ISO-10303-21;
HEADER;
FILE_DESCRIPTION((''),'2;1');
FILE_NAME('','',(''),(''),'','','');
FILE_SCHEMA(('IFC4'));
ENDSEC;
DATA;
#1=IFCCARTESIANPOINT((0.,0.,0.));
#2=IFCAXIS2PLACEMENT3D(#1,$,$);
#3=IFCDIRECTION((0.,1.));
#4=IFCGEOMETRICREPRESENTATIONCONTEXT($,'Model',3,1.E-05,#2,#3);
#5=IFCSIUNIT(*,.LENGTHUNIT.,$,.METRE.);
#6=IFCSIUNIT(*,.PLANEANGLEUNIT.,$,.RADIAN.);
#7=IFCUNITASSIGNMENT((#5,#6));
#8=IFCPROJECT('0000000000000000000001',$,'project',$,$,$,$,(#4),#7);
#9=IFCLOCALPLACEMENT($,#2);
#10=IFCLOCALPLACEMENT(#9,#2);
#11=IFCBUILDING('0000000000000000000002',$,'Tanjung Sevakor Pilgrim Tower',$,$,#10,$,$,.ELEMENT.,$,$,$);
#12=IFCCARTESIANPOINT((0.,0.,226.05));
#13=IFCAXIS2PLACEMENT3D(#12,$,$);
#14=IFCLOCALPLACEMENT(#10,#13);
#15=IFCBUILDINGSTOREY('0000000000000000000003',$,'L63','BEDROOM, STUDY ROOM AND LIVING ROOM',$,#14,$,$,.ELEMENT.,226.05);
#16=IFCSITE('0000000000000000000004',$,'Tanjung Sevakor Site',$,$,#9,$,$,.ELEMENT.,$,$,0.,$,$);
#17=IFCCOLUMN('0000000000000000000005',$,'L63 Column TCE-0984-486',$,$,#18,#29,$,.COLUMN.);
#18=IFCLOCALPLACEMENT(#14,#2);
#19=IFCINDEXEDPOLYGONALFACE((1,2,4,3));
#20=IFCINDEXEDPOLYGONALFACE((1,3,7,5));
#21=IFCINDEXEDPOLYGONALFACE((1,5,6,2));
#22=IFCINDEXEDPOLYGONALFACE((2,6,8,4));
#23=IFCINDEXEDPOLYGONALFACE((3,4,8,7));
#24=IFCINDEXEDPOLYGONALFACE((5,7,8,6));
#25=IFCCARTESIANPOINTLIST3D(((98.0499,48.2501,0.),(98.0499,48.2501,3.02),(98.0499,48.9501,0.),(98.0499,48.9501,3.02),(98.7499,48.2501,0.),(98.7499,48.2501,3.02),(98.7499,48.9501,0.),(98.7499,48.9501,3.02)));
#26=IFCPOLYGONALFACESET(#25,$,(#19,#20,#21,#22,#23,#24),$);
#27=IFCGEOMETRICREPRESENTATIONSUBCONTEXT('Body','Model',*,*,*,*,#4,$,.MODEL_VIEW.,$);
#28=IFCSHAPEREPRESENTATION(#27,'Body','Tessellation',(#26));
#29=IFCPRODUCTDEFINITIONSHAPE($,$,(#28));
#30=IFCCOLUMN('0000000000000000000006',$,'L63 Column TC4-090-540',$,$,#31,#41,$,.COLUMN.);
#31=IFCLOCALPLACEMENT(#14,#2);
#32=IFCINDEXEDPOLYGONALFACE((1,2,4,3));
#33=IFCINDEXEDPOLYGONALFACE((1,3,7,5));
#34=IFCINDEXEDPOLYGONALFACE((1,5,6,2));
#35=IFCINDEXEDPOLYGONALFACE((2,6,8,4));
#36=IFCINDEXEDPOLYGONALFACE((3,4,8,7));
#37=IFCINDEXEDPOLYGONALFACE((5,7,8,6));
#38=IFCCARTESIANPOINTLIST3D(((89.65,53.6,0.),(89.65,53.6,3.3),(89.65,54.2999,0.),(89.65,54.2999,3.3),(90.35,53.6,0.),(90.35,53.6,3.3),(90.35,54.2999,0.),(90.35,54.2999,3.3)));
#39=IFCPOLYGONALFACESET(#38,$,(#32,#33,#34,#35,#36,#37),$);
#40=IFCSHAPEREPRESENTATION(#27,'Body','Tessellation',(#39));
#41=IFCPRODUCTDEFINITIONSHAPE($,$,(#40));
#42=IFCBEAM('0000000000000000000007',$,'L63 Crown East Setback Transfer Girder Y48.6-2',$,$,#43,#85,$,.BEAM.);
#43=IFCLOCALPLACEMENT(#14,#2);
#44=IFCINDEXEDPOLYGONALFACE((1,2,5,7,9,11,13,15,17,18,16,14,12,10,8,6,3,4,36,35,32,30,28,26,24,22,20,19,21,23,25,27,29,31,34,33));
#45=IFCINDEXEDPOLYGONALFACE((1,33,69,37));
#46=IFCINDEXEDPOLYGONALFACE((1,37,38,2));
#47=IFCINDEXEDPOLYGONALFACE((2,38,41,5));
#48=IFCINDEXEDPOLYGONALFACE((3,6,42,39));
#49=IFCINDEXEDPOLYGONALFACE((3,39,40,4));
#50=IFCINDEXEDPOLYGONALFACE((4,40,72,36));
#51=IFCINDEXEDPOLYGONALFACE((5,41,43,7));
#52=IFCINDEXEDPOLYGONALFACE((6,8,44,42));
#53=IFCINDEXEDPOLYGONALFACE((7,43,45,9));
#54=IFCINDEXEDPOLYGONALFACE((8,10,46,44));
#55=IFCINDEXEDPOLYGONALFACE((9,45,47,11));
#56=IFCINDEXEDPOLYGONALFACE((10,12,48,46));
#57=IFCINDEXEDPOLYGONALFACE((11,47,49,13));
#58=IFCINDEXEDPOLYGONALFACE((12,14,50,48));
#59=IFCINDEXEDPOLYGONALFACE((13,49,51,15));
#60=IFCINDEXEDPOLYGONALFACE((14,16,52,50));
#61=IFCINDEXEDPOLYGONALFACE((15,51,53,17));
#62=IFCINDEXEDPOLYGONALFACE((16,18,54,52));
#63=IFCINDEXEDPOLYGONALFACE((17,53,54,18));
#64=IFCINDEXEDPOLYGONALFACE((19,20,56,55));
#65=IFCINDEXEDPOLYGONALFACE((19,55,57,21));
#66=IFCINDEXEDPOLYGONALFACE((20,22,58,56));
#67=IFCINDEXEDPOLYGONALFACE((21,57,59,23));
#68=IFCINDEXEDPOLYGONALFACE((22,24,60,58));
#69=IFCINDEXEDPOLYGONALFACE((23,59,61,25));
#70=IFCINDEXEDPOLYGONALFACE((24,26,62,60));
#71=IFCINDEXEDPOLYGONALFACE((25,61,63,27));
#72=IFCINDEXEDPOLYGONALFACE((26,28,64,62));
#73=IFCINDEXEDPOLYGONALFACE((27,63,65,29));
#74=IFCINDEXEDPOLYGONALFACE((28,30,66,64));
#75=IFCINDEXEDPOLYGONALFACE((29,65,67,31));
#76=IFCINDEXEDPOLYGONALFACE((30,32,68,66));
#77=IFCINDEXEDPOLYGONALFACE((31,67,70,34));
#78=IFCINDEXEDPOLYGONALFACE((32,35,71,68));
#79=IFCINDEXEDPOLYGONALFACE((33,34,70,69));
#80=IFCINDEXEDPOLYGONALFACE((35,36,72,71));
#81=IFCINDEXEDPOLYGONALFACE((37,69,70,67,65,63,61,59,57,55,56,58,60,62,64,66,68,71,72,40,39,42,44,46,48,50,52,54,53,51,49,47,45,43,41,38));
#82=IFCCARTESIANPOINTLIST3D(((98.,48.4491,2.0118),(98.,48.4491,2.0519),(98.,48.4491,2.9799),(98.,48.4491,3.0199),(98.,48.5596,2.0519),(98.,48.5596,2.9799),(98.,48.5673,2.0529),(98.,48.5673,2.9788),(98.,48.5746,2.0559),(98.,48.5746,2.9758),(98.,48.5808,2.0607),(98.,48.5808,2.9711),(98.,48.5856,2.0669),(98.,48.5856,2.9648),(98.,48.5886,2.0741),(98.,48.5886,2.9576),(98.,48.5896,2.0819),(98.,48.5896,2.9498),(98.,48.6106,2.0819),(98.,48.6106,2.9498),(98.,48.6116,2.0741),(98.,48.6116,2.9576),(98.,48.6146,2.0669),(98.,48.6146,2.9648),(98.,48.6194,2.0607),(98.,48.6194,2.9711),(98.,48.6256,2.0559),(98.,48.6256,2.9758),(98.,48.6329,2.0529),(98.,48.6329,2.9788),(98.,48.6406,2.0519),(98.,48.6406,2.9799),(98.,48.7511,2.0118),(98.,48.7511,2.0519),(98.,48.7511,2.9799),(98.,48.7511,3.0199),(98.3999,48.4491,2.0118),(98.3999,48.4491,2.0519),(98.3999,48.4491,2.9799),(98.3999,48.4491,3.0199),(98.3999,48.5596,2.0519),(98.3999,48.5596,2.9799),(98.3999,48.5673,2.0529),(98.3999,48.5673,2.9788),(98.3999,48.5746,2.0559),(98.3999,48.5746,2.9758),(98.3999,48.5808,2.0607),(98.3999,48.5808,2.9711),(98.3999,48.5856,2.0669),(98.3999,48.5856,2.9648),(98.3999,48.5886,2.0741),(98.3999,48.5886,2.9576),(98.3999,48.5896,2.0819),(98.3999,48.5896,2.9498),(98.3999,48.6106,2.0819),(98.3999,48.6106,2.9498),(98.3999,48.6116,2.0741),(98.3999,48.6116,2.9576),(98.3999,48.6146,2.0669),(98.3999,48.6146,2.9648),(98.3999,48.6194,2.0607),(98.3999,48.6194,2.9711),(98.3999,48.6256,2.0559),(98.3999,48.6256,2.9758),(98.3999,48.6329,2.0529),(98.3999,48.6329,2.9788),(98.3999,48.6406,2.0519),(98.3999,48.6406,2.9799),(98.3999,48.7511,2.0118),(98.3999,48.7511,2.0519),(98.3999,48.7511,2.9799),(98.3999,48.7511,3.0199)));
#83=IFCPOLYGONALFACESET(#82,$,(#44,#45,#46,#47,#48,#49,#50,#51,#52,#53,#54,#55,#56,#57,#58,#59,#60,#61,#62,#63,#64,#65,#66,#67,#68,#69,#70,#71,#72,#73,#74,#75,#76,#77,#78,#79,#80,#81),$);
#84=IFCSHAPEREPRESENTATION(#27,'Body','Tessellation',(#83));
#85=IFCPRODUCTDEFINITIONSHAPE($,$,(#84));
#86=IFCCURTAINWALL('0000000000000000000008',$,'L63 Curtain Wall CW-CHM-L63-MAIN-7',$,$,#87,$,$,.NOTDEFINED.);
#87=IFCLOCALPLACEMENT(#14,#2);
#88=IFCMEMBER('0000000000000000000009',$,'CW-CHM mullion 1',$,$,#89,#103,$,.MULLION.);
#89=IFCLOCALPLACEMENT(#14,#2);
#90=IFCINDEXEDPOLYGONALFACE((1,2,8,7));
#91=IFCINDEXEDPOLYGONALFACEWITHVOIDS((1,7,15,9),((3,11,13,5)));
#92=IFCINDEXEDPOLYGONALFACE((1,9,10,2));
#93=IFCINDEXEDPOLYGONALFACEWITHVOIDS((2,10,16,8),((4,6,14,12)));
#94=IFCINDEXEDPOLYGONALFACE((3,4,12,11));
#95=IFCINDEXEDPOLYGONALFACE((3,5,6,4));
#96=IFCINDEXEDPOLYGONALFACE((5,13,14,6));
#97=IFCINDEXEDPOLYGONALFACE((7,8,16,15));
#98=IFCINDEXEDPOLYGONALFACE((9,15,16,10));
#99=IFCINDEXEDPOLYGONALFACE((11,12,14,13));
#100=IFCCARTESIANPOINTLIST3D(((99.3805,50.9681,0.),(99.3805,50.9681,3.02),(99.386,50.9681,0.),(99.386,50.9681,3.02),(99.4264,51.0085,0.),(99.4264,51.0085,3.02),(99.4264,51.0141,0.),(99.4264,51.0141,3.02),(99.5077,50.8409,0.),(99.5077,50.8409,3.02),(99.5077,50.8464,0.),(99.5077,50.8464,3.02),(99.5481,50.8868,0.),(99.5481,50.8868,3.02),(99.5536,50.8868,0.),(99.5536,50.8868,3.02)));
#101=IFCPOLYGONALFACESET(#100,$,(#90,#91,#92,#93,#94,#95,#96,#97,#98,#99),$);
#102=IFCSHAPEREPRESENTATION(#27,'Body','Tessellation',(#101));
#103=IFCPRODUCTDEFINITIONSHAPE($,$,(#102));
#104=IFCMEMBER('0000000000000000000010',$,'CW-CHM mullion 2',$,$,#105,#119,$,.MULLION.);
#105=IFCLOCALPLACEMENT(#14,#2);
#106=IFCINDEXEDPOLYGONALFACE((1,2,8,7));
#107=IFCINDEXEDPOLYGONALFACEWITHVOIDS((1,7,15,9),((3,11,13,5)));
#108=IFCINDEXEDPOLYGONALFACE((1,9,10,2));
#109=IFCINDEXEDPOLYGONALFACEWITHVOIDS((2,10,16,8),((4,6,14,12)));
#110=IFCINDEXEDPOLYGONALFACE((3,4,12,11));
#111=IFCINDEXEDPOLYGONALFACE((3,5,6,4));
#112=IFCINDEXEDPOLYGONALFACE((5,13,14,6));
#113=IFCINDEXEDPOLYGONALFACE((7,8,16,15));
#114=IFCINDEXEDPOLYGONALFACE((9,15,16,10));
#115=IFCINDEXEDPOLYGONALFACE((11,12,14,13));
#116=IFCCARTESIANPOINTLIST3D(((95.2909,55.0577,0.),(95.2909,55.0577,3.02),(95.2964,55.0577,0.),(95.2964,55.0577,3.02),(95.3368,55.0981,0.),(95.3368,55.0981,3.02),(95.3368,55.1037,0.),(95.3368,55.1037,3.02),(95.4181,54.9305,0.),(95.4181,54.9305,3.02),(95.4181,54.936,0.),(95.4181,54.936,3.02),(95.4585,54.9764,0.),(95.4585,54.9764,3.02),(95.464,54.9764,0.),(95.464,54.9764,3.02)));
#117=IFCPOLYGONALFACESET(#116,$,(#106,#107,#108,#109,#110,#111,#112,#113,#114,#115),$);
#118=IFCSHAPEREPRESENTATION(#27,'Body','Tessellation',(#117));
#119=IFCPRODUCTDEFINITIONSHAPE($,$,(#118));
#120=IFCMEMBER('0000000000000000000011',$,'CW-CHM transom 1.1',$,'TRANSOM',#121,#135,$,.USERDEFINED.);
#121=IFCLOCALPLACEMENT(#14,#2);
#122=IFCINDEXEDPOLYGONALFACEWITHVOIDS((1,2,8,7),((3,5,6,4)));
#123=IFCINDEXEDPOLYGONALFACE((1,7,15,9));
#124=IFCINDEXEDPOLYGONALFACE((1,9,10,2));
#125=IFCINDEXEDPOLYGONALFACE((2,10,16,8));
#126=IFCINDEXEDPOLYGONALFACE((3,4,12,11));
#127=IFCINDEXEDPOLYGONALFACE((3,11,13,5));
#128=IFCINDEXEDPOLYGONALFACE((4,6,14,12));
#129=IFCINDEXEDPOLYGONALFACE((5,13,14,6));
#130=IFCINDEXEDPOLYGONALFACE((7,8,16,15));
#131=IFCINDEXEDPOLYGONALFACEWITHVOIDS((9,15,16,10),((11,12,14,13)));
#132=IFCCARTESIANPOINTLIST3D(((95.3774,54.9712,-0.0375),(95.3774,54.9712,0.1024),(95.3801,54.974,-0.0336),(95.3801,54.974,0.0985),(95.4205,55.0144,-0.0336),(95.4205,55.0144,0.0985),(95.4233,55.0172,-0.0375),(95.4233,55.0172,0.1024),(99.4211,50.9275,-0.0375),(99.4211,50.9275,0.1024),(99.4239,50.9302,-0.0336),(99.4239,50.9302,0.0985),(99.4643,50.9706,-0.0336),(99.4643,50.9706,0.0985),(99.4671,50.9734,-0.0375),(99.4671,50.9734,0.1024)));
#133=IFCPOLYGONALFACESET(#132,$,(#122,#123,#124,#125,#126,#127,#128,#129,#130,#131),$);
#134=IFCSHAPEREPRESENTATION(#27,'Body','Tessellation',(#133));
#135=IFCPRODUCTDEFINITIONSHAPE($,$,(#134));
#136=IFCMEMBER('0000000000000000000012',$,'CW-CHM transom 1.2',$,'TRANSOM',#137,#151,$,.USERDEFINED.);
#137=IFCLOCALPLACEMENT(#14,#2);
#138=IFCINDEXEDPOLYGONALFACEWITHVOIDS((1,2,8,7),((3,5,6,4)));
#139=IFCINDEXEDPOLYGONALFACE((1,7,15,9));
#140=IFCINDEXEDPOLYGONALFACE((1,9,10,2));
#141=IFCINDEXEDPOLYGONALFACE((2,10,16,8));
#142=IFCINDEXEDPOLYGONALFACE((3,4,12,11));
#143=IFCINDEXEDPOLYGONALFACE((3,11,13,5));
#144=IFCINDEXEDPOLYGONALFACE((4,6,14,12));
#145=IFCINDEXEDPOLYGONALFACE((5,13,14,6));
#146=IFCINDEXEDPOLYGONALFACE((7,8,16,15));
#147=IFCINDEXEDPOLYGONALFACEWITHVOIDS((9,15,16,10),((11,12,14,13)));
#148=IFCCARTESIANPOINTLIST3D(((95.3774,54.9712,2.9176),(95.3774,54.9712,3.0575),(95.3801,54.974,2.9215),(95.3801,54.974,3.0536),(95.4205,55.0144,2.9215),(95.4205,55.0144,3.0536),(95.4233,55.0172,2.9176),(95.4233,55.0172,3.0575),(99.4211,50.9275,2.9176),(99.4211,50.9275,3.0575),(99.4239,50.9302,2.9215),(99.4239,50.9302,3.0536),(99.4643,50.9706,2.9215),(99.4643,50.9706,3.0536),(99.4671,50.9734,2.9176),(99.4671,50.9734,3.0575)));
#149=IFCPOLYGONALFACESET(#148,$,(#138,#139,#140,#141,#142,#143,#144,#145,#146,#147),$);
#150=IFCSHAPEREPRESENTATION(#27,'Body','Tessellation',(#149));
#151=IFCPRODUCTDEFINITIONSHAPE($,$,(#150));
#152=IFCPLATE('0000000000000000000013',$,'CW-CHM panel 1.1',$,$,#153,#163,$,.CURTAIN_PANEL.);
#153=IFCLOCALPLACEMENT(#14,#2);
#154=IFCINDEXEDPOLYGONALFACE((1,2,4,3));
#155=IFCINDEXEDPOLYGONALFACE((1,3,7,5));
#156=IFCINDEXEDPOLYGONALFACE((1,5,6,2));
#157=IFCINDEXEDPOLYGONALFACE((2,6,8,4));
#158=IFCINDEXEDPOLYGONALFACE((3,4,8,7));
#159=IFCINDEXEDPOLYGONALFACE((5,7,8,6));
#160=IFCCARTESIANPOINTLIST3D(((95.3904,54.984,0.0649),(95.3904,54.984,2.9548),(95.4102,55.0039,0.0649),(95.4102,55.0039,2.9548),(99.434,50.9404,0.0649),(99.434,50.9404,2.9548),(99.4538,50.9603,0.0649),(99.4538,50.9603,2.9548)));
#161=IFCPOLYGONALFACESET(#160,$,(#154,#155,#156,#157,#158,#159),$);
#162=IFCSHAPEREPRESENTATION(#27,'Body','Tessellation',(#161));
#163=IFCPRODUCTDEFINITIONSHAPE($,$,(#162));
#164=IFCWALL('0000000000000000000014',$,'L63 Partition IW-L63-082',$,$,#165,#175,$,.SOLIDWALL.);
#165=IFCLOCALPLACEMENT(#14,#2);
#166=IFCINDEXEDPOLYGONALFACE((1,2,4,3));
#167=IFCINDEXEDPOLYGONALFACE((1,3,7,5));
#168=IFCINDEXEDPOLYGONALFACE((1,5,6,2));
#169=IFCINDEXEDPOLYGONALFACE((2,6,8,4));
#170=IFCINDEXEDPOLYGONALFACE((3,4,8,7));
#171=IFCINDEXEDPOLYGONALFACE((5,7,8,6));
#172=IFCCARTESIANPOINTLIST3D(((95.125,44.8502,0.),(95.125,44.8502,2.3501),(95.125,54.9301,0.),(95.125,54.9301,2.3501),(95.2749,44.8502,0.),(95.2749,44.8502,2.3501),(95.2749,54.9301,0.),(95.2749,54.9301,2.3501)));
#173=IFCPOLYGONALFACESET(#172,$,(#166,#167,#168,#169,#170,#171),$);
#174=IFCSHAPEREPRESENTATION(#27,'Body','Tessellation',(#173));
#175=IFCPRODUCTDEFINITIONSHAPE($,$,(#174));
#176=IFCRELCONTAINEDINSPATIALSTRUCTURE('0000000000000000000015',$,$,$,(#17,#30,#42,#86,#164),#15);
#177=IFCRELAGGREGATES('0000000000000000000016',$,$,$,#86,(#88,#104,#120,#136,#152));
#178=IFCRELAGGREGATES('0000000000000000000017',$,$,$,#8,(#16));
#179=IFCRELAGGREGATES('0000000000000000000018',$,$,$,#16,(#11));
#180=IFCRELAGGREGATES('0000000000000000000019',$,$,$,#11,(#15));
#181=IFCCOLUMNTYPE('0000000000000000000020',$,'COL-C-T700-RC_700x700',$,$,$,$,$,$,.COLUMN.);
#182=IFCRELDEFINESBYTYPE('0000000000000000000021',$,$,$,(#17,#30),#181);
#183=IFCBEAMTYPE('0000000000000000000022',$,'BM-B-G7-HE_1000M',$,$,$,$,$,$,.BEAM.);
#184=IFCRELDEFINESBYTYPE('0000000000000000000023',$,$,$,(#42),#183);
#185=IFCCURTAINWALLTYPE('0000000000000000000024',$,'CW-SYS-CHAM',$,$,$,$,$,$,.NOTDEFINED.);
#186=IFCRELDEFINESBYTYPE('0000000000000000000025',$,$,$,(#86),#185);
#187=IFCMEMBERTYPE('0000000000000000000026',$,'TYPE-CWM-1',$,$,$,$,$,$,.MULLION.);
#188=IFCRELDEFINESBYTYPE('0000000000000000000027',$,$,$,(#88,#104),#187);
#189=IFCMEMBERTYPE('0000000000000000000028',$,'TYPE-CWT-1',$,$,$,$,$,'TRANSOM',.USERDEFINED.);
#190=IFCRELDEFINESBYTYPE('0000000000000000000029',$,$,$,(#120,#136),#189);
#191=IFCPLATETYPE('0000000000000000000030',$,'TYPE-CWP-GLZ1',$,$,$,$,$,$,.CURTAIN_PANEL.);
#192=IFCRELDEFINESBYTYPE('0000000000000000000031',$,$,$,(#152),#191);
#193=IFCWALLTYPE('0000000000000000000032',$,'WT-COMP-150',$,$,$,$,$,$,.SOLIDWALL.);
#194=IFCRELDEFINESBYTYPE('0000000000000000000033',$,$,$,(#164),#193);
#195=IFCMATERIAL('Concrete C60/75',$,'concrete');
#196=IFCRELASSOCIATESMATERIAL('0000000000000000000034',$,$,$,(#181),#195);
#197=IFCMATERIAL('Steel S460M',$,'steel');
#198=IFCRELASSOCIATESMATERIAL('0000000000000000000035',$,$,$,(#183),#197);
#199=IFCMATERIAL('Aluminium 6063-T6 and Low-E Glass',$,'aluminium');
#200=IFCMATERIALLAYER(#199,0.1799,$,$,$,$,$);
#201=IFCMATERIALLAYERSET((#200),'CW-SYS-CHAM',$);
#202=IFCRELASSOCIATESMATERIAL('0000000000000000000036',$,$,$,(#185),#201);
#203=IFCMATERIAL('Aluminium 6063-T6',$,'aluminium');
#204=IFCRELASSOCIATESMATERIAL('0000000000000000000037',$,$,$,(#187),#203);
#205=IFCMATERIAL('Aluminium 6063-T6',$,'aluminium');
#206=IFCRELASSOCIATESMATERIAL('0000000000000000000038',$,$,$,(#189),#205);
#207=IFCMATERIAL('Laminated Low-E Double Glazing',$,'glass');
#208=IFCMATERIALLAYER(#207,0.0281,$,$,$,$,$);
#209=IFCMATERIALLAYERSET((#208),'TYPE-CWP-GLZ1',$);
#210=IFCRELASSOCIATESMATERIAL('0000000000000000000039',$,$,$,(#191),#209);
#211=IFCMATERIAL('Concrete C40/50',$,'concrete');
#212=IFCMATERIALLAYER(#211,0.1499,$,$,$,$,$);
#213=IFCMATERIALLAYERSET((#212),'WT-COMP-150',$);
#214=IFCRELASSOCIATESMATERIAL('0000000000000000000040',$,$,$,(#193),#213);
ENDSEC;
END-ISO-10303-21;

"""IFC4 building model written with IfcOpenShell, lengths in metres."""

from ifc_helpers import new_model, si_unit, direction, frame, frame_2d, origin, origin_2d, place, context, subcontext, project, spatial, rectangle, hollow_rectangle, i_section, extrude, material, layer, layer_set, material_profile, profile_set, type_object, element, aggregate, save


model = new_model("IFC4")

# Units and contexts
model_context = context("Model", 3, precision=1e-05, world=origin(), true_north=direction((0.0, 1.0)))
body_context = subcontext(model_context, "Body", "Model", "MODEL_VIEW")
ifc_project = project(units=[si_unit("LENGTHUNIT", "METRE"), si_unit("PLANEANGLEUNIT", "RADIAN")], contexts=[model_context])

# Site, building, storey
site_placement = place(None, origin())
site = spatial("IfcSite", under=ifc_project, at=site_placement, Name="Tanjung Sevakor Site", CompositionType="ELEMENT", RefElevation=0.0)
building_placement = place(site_placement, origin())
building = spatial("IfcBuilding", under=site, at=building_placement, Name="Tanjung Sevakor Pilgrim Tower", CompositionType="ELEMENT")
storey_placement = place(building_placement, frame((0.0, 0.0, 226.05)))
storey = spatial("IfcBuildingStorey", under=building, at=storey_placement, Name="L63", Description="BEDROOM, STUDY ROOM AND LIVING ROOM", CompositionType="ELEMENT", Elevation=226.05)

# Columns
ifc_material_1 = material(Name="Concrete C60/75", Category="concrete")
ifc_material_profile_1 = material_profile(ifc_material_1, rectangle(XDim=0.7, YDim=0.7, at=origin_2d()))
ifc_profile_set_1 = profile_set([ifc_material_profile_1], Name="Concrete C60/75")
column_type = type_object("IfcColumnType", Name="COL-C-T700-RC_700x700", PredefinedType="COLUMN", material=ifc_profile_set_1)
column_1_placement = place(storey_placement, frame((98.3999, 48.6001, 0.0), z_axis=(0.0, 0.0, 1.0), x_axis=(1.0, 0.0, 0.0)))
element("IfcColumn", 1, at=column_1_placement, inside=storey, type_object=column_type, Name="L63 Column TCE-0984-486", PredefinedType="COLUMN", context=body_context, shape_type="SweptSolid", body=[
    extrude(rectangle(XDim=0.7, YDim=0.7, at=origin_2d()), origin(), (0.0, 0.0, 1.0), 3.02),
])
column_2_placement = place(storey_placement, frame((90.0, 53.95, 0.0), z_axis=(0.0, 0.0, 1.0), x_axis=(1.0, 0.0, 0.0)))
element("IfcColumn", 2, at=column_2_placement, inside=storey, type_object=column_type, Name="L63 Column TC4-090-540", PredefinedType="COLUMN", context=body_context, shape_type="SweptSolid", body=[
    extrude(rectangle(XDim=0.7, YDim=0.7, at=origin_2d()), origin(), (0.0, 0.0, 1.0), 3.3),
])

# Beam
ifc_material_2 = material(Name="Steel S460M", Category="steel")
ifc_material_profile_2 = material_profile(ifc_material_2, i_section(OverallWidth=0.302, OverallDepth=1.0081, WebThickness=0.021, FlangeThickness=0.04, FilletRadius=0.03, at=origin_2d()))
ifc_profile_set_2 = profile_set([ifc_material_profile_2], Name="Steel S460M")
beam_type = type_object("IfcBeamType", Name="BM-B-G7-HE_1000M", PredefinedType="BEAM", material=ifc_profile_set_2)
beam_placement = place(storey_placement, frame((98.0, 48.6001, 2.5159), z_axis=(1.0, 0.0, 0.0), x_axis=(0.0, 1.0, 0.0)))
element("IfcBeam", 3, at=beam_placement, inside=storey, type_object=beam_type, Name="L63 Crown East Setback Transfer Girder Y48.6-2", PredefinedType="BEAM", context=body_context, shape_type="SweptSolid", body=[
    extrude(i_section(OverallWidth=0.302, OverallDepth=1.0081, WebThickness=0.021, FlangeThickness=0.04, FilletRadius=0.03, at=origin_2d()), origin(), (0.0, 0.0, 1.0), 0.3999),
])

# Curtain wall, members, plate
ifc_material_3 = material(Name="Aluminium 6063-T6 and Low-E Glass", Category="aluminium")
ifc_layer_1 = layer(ifc_material_3, 0.1799)
ifc_layer_set_1 = layer_set([ifc_layer_1], Name="CW-SYS-CHAM")
curtain_wall_type = type_object("IfcCurtainWallType", Name="CW-SYS-CHAM", PredefinedType="NOTDEFINED", material=ifc_layer_set_1)
curtain_wall_placement = place(storey_placement, origin())
curtain_wall = element("IfcCurtainWall", 4, at=curtain_wall_placement, inside=storey, type_object=curtain_wall_type, Name="L63 Curtain Wall CW-CHM-L63-MAIN-7", PredefinedType="NOTDEFINED")
ifc_material_4 = material(Name="Aluminium 6063-T6", Category="aluminium")
ifc_material_profile_3 = material_profile(ifc_material_4, hollow_rectangle(XDim=0.0649, YDim=0.1799, WallThickness=0.0039, at=origin_2d()))
ifc_profile_set_3 = profile_set([ifc_material_profile_3], Name="Aluminium 6063-T6")
member_type_1 = type_object("IfcMemberType", Name="TYPE-CWM-1", PredefinedType="MULLION", material=ifc_profile_set_3)
member_1_placement = place(storey_placement, frame((99.467, 50.9275, 0.0), z_axis=(0.0, 0.0, 1.0), x_axis=(-0.707107, -0.707107, 0.0)))
member_1 = element("IfcMember", 5, at=member_1_placement, type_object=member_type_1, Name="CW-CHM mullion 1", PredefinedType="MULLION", context=body_context, shape_type="SweptSolid", body=[
    extrude(hollow_rectangle(XDim=0.0649, YDim=0.1799, WallThickness=0.0039, at=origin_2d()), origin(), (0.0, 0.0, 1.0), 3.02),
])
member_2_placement = place(storey_placement, frame((95.3774, 55.0171, 0.0), z_axis=(0.0, 0.0, 1.0), x_axis=(-0.707107, -0.707107, 0.0)))
member_2 = element("IfcMember", 6, at=member_2_placement, type_object=member_type_1, Name="CW-CHM mullion 2", PredefinedType="MULLION", context=body_context, shape_type="SweptSolid", body=[
    extrude(hollow_rectangle(XDim=0.0649, YDim=0.1799, WallThickness=0.0039, at=origin_2d()), origin(), (0.0, 0.0, 1.0), 3.02),
])
ifc_material_5 = material(Name="Aluminium 6063-T6", Category="aluminium")
ifc_material_profile_4 = material_profile(ifc_material_5, hollow_rectangle(XDim=0.0649, YDim=0.1399, WallThickness=0.0039, at=origin_2d()))
ifc_profile_set_4 = profile_set([ifc_material_profile_4], Name="Aluminium 6063-T6")
member_type_2 = type_object("IfcMemberType", Name="TYPE-CWT-1", ElementType="TRANSOM", PredefinedType="USERDEFINED", material=ifc_profile_set_4)
member_3_placement = place(storey_placement, frame((99.4441, 50.9504, 0.0325), z_axis=(-0.707107, 0.707107, 0.0), x_axis=(-0.707107, -0.707107, 0.0)))
member_3 = element("IfcMember", 7, at=member_3_placement, type_object=member_type_2, Name="CW-CHM transom 1.1", ObjectType="TRANSOM", PredefinedType="USERDEFINED", context=body_context, shape_type="SweptSolid", body=[
    extrude(hollow_rectangle(XDim=0.0649, YDim=0.1399, WallThickness=0.0039, at=origin_2d()), origin(), (0.0, 0.0, 1.0), 5.7188),
])
member_4_placement = place(storey_placement, frame((99.4441, 50.9504, 2.9875), z_axis=(-0.707107, 0.707107, 0.0), x_axis=(-0.707107, -0.707107, 0.0)))
member_4 = element("IfcMember", 8, at=member_4_placement, type_object=member_type_2, Name="CW-CHM transom 1.2", ObjectType="TRANSOM", PredefinedType="USERDEFINED", context=body_context, shape_type="SweptSolid", body=[
    extrude(hollow_rectangle(XDim=0.0649, YDim=0.1399, WallThickness=0.0039, at=origin_2d()), origin(), (0.0, 0.0, 1.0), 5.7188),
])
ifc_material_6 = material(Name="Laminated Low-E Double Glazing", Category="glass")
ifc_layer_2 = layer(ifc_material_6, 0.0281)
ifc_layer_set_2 = layer_set([ifc_layer_2], Name="TYPE-CWP-GLZ1")
plate_type = type_object("IfcPlateType", Name="TYPE-CWP-GLZ1", PredefinedType="CURTAIN_PANEL", material=ifc_layer_set_2)
plate_placement = place(storey_placement, frame((97.4221, 52.9722, 0.0649), z_axis=(0.0, 0.0, 1.0), x_axis=(-0.707107, 0.707107, 0.0)))
plate = element("IfcPlate", 9, at=plate_placement, type_object=plate_type, Name="CW-CHM panel 1.1", PredefinedType="CURTAIN_PANEL", context=body_context, shape_type="SweptSolid", body=[
    extrude(rectangle(XDim=5.7185, YDim=0.0281, at=origin_2d()), origin(), (0.0, 0.0, 1.0), 2.8899),
])
aggregate(curtain_wall, [member_1, member_2, member_3, member_4, plate])

# Wall
ifc_material_7 = material(Name="Concrete C40/50", Category="concrete")
ifc_layer_3 = layer(ifc_material_7, 0.1499)
ifc_layer_set_3 = layer_set([ifc_layer_3], Name="WT-COMP-150")
wall_type_1 = type_object("IfcWallType", Name="WT-COMP-150", PredefinedType="SOLIDWALL", material=ifc_layer_set_3)
wall_1_placement = place(storey_placement, frame((95.2, 44.8501, 0.0), z_axis=(0.0, 0.0, 1.0), x_axis=(0.0, 1.0, 0.0)))
element("IfcWall", 10, at=wall_1_placement, inside=storey, type_object=wall_type_1, Name="L63 Partition IW-L63-082", PredefinedType="SOLIDWALL", context=body_context, shape_type="SweptSolid", body=[
    extrude(rectangle(XDim=10.0798, YDim=0.1499, at=frame_2d((5.04, 0.0))), origin(), (0.0, 0.0, 1.0), 2.3501),
])

save(model, "model.ifc")
